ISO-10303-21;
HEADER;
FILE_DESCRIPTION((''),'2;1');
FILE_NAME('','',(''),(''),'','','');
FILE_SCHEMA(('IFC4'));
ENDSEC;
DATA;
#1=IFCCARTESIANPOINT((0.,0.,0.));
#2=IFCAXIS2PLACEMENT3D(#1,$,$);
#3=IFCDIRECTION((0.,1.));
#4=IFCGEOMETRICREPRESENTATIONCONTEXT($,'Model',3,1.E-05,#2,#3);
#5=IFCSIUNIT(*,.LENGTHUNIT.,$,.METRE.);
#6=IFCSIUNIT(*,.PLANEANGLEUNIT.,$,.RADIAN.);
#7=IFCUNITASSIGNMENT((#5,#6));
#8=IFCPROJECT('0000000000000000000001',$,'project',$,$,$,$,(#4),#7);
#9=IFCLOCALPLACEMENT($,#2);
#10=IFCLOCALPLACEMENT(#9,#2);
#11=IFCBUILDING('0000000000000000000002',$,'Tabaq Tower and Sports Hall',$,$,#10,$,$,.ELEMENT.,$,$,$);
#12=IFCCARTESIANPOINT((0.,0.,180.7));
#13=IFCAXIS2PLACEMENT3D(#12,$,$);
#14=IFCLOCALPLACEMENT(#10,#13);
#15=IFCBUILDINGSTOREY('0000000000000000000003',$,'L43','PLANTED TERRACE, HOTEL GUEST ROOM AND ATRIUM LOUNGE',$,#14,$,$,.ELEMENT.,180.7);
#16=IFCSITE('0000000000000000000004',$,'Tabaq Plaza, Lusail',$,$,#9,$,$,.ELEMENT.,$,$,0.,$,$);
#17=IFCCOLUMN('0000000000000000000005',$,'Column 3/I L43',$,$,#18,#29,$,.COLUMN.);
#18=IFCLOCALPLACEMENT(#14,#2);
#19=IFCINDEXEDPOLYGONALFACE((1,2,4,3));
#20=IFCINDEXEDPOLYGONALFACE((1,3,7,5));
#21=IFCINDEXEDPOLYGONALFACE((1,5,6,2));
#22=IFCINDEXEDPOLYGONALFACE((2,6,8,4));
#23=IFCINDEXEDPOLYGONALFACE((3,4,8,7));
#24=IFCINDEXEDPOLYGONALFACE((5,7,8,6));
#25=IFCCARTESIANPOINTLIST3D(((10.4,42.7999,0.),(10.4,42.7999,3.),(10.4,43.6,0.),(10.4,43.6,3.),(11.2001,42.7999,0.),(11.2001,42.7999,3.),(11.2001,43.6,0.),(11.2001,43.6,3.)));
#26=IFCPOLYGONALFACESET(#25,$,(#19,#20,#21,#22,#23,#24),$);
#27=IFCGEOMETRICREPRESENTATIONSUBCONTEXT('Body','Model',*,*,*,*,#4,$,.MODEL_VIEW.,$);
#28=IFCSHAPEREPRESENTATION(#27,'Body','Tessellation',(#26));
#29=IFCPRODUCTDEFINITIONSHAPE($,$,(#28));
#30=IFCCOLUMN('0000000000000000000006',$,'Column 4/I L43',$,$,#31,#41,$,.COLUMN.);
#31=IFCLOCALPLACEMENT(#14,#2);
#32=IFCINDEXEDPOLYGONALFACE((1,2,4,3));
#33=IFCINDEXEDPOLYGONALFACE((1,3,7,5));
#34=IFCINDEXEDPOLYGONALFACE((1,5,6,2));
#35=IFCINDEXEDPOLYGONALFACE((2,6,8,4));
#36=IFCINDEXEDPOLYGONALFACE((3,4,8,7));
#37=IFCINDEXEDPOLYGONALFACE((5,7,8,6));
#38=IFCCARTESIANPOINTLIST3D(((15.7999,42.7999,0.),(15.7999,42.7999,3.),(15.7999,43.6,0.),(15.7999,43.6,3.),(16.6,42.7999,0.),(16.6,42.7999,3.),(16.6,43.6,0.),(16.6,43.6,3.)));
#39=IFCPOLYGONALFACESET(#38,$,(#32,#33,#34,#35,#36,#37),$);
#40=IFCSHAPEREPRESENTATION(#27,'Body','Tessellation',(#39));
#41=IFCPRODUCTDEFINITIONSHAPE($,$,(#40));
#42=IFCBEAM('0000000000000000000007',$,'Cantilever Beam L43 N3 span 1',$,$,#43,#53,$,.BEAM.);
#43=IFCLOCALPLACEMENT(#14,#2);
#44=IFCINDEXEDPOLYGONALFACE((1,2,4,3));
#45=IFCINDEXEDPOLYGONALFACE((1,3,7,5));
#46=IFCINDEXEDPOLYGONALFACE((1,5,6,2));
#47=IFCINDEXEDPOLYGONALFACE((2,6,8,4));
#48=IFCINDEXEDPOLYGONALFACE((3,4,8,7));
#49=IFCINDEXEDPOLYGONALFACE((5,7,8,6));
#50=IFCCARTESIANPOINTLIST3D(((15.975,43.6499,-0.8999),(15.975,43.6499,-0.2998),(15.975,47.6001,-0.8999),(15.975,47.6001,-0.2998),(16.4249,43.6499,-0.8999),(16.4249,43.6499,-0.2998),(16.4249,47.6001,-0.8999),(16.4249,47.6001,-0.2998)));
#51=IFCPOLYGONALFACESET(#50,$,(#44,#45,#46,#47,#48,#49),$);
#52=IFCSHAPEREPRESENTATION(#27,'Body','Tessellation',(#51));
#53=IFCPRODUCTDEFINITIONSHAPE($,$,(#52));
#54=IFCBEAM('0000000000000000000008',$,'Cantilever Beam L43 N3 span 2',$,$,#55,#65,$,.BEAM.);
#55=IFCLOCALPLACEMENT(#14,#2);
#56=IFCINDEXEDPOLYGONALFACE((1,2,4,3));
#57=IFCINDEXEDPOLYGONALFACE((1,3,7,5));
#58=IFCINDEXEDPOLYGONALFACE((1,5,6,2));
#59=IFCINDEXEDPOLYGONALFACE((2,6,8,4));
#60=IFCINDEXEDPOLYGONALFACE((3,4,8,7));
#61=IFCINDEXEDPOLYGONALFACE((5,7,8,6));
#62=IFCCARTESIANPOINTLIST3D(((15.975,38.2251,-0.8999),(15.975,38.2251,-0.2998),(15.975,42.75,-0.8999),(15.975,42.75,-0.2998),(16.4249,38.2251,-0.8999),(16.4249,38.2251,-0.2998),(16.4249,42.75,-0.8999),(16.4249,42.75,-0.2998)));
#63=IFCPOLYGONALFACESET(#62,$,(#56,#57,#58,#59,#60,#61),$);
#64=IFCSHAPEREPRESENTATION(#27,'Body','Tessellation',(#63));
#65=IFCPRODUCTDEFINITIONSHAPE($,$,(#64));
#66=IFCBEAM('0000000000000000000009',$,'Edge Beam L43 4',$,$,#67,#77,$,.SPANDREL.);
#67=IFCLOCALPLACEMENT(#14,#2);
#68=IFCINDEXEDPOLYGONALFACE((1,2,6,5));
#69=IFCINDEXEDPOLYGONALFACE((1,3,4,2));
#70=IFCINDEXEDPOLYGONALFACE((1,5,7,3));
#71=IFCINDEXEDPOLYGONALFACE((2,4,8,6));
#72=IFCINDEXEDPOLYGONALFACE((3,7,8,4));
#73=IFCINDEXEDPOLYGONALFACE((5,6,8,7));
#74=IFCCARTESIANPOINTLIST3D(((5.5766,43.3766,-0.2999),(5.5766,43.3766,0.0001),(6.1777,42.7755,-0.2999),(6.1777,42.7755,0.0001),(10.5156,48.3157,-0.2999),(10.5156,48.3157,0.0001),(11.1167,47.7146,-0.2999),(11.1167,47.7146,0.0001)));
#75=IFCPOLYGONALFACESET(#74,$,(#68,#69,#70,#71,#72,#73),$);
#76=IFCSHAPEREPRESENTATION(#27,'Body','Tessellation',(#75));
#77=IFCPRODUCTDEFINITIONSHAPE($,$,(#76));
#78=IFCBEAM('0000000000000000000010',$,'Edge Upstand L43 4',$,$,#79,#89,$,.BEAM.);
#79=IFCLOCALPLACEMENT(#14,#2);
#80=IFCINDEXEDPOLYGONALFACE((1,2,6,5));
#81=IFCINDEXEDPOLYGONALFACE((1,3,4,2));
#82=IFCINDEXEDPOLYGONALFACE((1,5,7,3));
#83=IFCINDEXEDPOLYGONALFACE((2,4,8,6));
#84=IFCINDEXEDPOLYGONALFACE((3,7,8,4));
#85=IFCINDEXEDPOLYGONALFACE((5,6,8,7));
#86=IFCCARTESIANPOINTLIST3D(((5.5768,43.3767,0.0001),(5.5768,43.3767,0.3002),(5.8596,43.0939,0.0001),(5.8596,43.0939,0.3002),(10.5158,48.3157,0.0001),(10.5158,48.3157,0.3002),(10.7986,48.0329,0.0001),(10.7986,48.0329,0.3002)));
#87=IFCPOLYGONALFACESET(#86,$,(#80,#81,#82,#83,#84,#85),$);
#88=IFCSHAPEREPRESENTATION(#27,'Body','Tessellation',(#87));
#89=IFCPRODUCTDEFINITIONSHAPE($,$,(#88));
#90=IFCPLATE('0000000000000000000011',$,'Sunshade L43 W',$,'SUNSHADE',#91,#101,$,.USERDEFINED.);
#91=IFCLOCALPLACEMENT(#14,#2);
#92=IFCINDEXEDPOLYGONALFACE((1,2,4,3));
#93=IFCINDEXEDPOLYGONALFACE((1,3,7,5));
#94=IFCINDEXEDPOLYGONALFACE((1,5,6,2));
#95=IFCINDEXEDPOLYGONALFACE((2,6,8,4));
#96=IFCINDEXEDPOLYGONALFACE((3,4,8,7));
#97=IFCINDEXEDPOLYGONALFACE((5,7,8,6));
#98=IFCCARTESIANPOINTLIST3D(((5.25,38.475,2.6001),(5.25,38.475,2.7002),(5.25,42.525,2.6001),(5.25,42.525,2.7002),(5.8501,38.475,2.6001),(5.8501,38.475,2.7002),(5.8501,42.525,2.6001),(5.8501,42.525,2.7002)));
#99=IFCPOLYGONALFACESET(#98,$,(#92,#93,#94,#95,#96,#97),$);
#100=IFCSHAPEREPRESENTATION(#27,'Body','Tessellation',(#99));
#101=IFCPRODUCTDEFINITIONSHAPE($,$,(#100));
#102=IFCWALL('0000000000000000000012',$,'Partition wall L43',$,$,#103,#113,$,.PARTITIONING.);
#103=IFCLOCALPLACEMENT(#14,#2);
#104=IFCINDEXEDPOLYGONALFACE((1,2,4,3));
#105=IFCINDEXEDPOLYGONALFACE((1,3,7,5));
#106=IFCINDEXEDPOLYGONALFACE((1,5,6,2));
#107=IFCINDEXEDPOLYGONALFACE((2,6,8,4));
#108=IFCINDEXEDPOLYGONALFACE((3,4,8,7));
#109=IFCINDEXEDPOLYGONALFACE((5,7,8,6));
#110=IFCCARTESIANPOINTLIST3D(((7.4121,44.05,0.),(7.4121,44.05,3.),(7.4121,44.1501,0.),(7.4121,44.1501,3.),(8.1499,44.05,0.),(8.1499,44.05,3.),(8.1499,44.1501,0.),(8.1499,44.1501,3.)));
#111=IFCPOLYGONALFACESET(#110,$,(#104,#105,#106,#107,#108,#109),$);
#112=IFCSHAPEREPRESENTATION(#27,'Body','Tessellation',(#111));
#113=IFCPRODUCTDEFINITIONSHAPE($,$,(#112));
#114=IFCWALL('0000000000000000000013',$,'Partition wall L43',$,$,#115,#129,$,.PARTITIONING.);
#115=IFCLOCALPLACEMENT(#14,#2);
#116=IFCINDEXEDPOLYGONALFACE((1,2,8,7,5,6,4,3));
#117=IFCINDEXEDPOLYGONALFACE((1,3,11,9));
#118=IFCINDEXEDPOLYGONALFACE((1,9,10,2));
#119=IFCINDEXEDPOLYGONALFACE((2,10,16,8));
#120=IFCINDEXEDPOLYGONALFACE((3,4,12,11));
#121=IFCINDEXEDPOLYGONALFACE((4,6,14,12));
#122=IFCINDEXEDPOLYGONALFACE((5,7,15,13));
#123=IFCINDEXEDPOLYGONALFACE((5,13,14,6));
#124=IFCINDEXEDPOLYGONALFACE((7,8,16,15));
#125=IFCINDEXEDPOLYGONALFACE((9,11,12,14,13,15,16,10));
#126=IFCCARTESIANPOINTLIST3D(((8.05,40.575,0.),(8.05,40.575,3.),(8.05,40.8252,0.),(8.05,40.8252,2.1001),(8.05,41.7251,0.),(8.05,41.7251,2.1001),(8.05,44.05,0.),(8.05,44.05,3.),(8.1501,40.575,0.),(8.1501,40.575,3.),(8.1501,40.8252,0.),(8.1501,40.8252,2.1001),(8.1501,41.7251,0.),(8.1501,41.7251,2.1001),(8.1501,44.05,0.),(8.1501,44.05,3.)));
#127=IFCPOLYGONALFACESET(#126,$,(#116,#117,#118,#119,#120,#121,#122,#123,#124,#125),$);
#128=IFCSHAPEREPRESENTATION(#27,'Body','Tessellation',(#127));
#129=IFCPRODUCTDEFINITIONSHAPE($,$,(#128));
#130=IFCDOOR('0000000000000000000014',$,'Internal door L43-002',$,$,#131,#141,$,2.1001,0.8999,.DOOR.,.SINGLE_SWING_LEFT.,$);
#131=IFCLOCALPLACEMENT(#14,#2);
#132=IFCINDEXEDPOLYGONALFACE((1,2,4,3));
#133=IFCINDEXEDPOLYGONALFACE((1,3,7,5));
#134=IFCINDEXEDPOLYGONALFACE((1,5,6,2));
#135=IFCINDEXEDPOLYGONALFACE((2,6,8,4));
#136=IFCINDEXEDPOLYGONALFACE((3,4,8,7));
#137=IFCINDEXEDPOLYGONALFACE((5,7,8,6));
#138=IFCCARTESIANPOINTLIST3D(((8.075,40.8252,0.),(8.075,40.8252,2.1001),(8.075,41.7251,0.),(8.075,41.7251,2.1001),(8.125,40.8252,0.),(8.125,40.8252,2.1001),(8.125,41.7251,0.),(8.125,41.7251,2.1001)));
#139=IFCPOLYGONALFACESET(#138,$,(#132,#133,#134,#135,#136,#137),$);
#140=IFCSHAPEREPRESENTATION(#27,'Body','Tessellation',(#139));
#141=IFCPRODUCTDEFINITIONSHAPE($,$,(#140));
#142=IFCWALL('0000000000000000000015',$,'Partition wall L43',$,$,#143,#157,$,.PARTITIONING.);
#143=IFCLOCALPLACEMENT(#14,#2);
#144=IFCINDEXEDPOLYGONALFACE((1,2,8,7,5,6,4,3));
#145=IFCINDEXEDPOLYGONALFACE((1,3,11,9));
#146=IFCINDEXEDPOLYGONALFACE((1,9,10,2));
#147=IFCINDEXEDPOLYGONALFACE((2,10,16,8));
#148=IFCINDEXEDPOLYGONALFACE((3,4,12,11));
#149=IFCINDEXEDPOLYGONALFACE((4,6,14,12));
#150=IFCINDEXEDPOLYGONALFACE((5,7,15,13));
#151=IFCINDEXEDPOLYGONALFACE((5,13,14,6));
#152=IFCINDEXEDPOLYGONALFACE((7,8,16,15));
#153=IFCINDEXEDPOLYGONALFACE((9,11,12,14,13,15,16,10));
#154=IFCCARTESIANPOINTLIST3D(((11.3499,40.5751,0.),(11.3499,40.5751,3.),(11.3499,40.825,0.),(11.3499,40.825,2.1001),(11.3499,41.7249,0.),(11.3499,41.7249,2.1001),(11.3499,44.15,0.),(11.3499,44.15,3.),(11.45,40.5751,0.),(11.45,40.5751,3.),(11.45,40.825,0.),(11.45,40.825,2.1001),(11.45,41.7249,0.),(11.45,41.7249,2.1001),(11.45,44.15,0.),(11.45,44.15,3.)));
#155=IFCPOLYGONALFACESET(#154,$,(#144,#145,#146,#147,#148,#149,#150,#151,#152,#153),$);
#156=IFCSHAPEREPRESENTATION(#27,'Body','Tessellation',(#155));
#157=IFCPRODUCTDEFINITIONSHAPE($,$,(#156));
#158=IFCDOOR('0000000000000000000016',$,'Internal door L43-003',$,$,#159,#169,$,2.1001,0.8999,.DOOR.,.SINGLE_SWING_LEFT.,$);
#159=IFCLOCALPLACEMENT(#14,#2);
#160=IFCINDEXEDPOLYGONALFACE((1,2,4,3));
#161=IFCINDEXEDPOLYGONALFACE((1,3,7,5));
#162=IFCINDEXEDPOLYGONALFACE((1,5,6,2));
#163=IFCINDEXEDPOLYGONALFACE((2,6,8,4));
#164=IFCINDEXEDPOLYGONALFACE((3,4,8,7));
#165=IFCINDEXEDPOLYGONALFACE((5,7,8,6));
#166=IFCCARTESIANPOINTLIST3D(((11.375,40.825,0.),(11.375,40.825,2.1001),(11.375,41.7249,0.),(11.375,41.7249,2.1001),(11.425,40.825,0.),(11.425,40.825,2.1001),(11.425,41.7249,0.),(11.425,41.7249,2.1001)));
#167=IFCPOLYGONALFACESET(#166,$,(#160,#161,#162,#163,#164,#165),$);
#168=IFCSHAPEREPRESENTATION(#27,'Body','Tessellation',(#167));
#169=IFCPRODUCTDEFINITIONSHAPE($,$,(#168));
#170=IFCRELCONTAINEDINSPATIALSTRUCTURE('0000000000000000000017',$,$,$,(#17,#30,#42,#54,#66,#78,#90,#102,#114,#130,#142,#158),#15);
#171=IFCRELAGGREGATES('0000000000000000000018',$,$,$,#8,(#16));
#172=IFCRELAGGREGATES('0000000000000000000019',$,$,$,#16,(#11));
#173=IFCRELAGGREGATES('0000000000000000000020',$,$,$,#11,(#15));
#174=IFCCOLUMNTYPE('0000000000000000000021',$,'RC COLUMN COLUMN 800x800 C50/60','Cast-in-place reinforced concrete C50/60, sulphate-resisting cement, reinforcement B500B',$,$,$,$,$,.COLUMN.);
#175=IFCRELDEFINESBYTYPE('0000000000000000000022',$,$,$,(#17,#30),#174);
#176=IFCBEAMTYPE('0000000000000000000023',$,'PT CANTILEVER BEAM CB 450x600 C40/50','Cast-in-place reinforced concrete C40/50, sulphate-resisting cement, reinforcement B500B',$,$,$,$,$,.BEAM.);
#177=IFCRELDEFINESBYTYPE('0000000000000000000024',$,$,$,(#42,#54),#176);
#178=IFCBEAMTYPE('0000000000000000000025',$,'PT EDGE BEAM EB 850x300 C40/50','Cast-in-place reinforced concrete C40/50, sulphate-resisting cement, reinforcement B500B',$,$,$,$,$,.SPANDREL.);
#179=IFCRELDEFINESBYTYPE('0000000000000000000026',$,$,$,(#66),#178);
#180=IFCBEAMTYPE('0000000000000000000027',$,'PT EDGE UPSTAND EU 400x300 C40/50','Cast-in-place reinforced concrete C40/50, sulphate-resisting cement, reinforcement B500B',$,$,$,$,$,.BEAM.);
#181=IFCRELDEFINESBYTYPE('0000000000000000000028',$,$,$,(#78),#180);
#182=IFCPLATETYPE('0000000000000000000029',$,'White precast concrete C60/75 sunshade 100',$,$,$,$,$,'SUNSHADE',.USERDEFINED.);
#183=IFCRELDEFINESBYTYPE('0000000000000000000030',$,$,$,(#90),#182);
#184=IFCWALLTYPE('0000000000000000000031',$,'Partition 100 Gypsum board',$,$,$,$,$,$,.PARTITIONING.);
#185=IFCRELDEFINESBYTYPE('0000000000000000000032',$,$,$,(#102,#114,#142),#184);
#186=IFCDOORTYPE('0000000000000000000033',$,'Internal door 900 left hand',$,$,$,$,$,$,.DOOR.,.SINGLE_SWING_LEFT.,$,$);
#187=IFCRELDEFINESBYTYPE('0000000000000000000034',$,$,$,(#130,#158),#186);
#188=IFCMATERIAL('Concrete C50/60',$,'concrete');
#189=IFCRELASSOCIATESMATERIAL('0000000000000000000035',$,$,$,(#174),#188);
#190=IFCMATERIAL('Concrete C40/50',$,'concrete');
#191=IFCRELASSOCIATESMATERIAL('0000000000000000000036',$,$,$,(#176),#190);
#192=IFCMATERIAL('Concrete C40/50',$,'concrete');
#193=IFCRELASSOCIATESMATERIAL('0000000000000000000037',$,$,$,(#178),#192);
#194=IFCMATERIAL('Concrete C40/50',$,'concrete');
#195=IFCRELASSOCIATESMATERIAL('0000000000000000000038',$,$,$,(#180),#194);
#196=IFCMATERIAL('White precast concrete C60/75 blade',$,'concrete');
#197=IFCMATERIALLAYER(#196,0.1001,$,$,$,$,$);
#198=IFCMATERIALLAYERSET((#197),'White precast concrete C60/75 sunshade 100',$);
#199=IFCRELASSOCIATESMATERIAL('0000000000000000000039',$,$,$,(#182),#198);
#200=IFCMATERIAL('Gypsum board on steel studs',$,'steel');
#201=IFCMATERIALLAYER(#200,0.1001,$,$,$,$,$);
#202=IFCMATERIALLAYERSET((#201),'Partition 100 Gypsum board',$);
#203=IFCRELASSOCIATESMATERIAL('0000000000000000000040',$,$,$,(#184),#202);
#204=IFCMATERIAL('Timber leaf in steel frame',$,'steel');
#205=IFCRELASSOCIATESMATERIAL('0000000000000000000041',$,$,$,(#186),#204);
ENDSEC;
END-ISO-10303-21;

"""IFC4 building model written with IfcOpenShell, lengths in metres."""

from ifc_helpers import new_model, si_unit, direction, frame, frame_2d, origin, origin_2d, place, context, subcontext, project, spatial, rectangle, extrude, material, layer, layer_set, material_profile, profile_set, type_object, element, fill, save


model = new_model("IFC4")

# Units and contexts
model_context = context("Model", 3, precision=1e-05, world=origin(), true_north=direction((0.0, 1.0)))
body_context = subcontext(model_context, "Body", "Model", "MODEL_VIEW")
ifc_project = project(units=[si_unit("LENGTHUNIT", "METRE"), si_unit("PLANEANGLEUNIT", "RADIAN")], contexts=[model_context])

# Site, building, storey
site_placement = place(None, origin())
site = spatial("IfcSite", under=ifc_project, at=site_placement, Name="Tabaq Plaza, Lusail", CompositionType="ELEMENT", RefElevation=0.0)
building_placement = place(site_placement, origin())
building = spatial("IfcBuilding", under=site, at=building_placement, Name="Tabaq Tower and Sports Hall", CompositionType="ELEMENT")
storey_placement = place(building_placement, frame((0.0, 0.0, 180.7)))
storey = spatial("IfcBuildingStorey", under=building, at=storey_placement, Name="L43", Description="PLANTED TERRACE, HOTEL GUEST ROOM AND ATRIUM LOUNGE", CompositionType="ELEMENT", Elevation=180.7)

# Columns
ifc_material_1 = material(Name="Concrete C50/60", Category="concrete")
ifc_material_profile_1 = material_profile(ifc_material_1, rectangle(XDim=0.8, YDim=0.8, at=origin_2d()), Name="COLUMN 800x800")
ifc_profile_set_1 = profile_set([ifc_material_profile_1], Name="Concrete C50/60")
column_type = type_object("IfcColumnType", Name="RC COLUMN COLUMN 800x800 C50/60", Description="Cast-in-place reinforced concrete C50/60, sulphate-resisting cement, reinforcement B500B", PredefinedType="COLUMN", material=ifc_profile_set_1)
for number, where, z_axis, x_axis, name in (
    (1, (10.8, 43.2, 0.0), (0.0, 0.0, 1.0), (1.0, 0.0, 0.0), "Column 3/I L43"),
    (2, (16.2, 43.2, 0.0), (0.0, 0.0, 1.0), (1.0, 0.0, 0.0), "Column 4/I L43"),
):
    element("IfcColumn", number, at=place(storey_placement, frame(where, z_axis=z_axis, x_axis=x_axis)), inside=storey, type_object=column_type, Name=name, PredefinedType="COLUMN", context=body_context, shape_type="SweptSolid", body=[
        extrude(rectangle(XDim=0.8, YDim=0.8, at=origin_2d()), origin(), (0.0, 0.0, 1.0), 3.0),
    ])

# Beams
ifc_material_2 = material(Name="Concrete C40/50", Category="concrete")
ifc_material_profile_2 = material_profile(ifc_material_2, rectangle(XDim=0.45, YDim=0.6001, at=origin_2d()), Name="CB 450x600")
ifc_profile_set_2 = profile_set([ifc_material_profile_2], Name="Concrete C40/50")
beam_type_1 = type_object("IfcBeamType", Name="PT CANTILEVER BEAM CB 450x600 C40/50", Description="Cast-in-place reinforced concrete C40/50, sulphate-resisting cement, reinforcement B500B", PredefinedType="BEAM", material=ifc_profile_set_2)
beam_1_placement = place(storey_placement, frame((16.2, 47.6001, -0.5999), z_axis=(0.0, -1.0, 0.0), x_axis=(1.0, 0.0, 0.0)))
element("IfcBeam", 3, at=beam_1_placement, inside=storey, type_object=beam_type_1, Name="Cantilever Beam L43 N3 span 1", PredefinedType="BEAM", context=body_context, shape_type="SweptSolid", body=[
    extrude(rectangle(XDim=0.45, YDim=0.6001, at=origin_2d()), origin(), (0.0, 0.0, 1.0), 3.9502),
])
beam_2_placement = place(storey_placement, frame((16.2, 42.75, -0.5999), z_axis=(0.0, -1.0, 0.0), x_axis=(1.0, 0.0, 0.0)))
element("IfcBeam", 4, at=beam_2_placement, inside=storey, type_object=beam_type_1, Name="Cantilever Beam L43 N3 span 2", PredefinedType="BEAM", context=body_context, shape_type="SweptSolid", body=[
    extrude(rectangle(XDim=0.45, YDim=0.6001, at=origin_2d()), origin(), (0.0, 0.0, 1.0), 4.5249),
])
ifc_material_3 = material(Name="Concrete C40/50", Category="concrete")
ifc_material_profile_3 = material_profile(ifc_material_3, rectangle(XDim=0.8501, YDim=0.3, at=origin_2d()), Name="EB 850x300")
ifc_profile_set_3 = profile_set([ifc_material_profile_3], Name="Concrete C40/50")
beam_type_2 = type_object("IfcBeamType", Name="PT EDGE BEAM EB 850x300 C40/50", Description="Cast-in-place reinforced concrete C40/50, sulphate-resisting cement, reinforcement B500B", PredefinedType="SPANDREL", material=ifc_profile_set_3)
beam_3_placement = place(storey_placement, frame((10.8162, 48.0151, -0.1499), z_axis=(-0.707107, -0.707107, 0.0), x_axis=(0.707107, -0.707107, 0.0)))
element("IfcBeam", 5, at=beam_3_placement, inside=storey, type_object=beam_type_2, Name="Edge Beam L43 4", PredefinedType="SPANDREL", context=body_context, shape_type="SweptSolid", body=[
    extrude(rectangle(XDim=0.8501, YDim=0.3, at=origin_2d()), origin(), (0.0, 0.0, 1.0), 6.9849),
])
ifc_material_4 = material(Name="Concrete C40/50", Category="concrete")
ifc_material_profile_4 = material_profile(ifc_material_4, rectangle(XDim=0.3999, YDim=0.3, at=origin_2d()), Name="EU 400x300")
ifc_profile_set_4 = profile_set([ifc_material_profile_4], Name="Concrete C40/50")
beam_type_3 = type_object("IfcBeamType", Name="PT EDGE UPSTAND EU 400x300 C40/50", Description="Cast-in-place reinforced concrete C40/50, sulphate-resisting cement, reinforcement B500B", PredefinedType="BEAM", material=ifc_profile_set_4)
beam_4_placement = place(storey_placement, frame((10.6572, 48.1743, 0.1501), z_axis=(-0.707107, -0.707107, 0.0), x_axis=(0.707107, -0.707107, 0.0)))
element("IfcBeam", 6, at=beam_4_placement, inside=storey, type_object=beam_type_3, Name="Edge Upstand L43 4", PredefinedType="BEAM", context=body_context, shape_type="SweptSolid", body=[
    extrude(rectangle(XDim=0.3999, YDim=0.3, at=origin_2d()), origin(), (0.0, 0.0, 1.0), 6.9849),
])

# Plate
ifc_material_5 = material(Name="White precast concrete C60/75 blade", Category="concrete")
ifc_layer_1 = layer(ifc_material_5, 0.1001)
ifc_layer_set_1 = layer_set([ifc_layer_1], Name="White precast concrete C60/75 sunshade 100")
plate_type = type_object("IfcPlateType", Name="White precast concrete C60/75 sunshade 100", ElementType="SUNSHADE", PredefinedType="USERDEFINED", material=ifc_layer_set_1)
plate_placement = place(storey_placement, frame((5.55, 40.5, 2.6001), z_axis=(0.0, 0.0, 1.0), x_axis=(0.0, -1.0, 0.0)))
element("IfcPlate", 7, at=plate_placement, inside=storey, type_object=plate_type, Name="Sunshade L43 W", ObjectType="SUNSHADE", PredefinedType="USERDEFINED", context=body_context, shape_type="SweptSolid", body=[
    extrude(rectangle(XDim=4.05, YDim=0.6001, at=origin_2d()), origin(), (0.0, 0.0, 1.0), 0.1001),
])

# Wall
ifc_material_6 = material(Name="Gypsum board on steel studs", Category="steel")
ifc_layer_2 = layer(ifc_material_6, 0.1001)
ifc_layer_set_2 = layer_set([ifc_layer_2], Name="Partition 100 Gypsum board")
wall_type_1 = type_object("IfcWallType", Name="Partition 100 Gypsum board", PredefinedType="PARTITIONING", material=ifc_layer_set_2)
wall_1_placement = place(storey_placement, frame((7.4121, 44.1001, 0.0), z_axis=(0.0, 0.0, 1.0), x_axis=(1.0, 0.0, 0.0)))
element("IfcWall", 8, at=wall_1_placement, inside=storey, type_object=wall_type_1, Name="Partition wall L43", PredefinedType="PARTITIONING", context=body_context, shape_type="SweptSolid", body=[
    extrude(rectangle(XDim=0.7378, YDim=0.1001, at=frame_2d((0.3689, 0.0))), origin(), (0.0, 0.0, 1.0), 3.0),
])

# Walls, openings, doors
wall_2_placement = place(storey_placement, frame((8.1001, 44.05, 0.0), z_axis=(0.0, 0.0, 1.0), x_axis=(0.0, -1.0, 0.0)))
wall_2 = element("IfcWall", 9, at=wall_2_placement, inside=storey, type_object=wall_type_1, Name="Partition wall L43", PredefinedType="PARTITIONING", context=body_context, shape_type="SweptSolid", body=[
    extrude(rectangle(XDim=3.4751, YDim=0.1001, at=frame_2d((1.7375, 0.0))), origin(), (0.0, 0.0, 1.0), 3.0),
])
opening_1_placement = place(wall_2_placement, frame((2.325, 0.0, 0.0)))
opening_1 = element("IfcOpeningElement", 10, at=opening_1_placement, cuts=wall_2, PredefinedType="OPENING", context=body_context, shape_type="SweptSolid", body=[
    extrude(rectangle(XDim=0.8999, YDim=2.1001, at=frame_2d((0.45, 1.05))), frame((0.0, 0.05, 0.0), z_axis=(0.0, -1.0, 0.0), x_axis=(1.0, 0.0, 0.0)), (0.0, 0.0, 1.0), 0.1001),
])
ifc_material_7 = material(Name="Timber leaf in steel frame", Category="steel")
door_type = type_object("IfcDoorType", Name="Internal door 900 left hand", OperationType="SINGLE_SWING_LEFT", PredefinedType="DOOR", material=ifc_material_7)
door_1_placement = place(opening_1_placement, origin())
door_1 = element("IfcDoor", 11, at=door_1_placement, inside=storey, type_object=door_type, Name="Internal door L43-002", OperationType="SINGLE_SWING_LEFT", OverallHeight=2.1001, OverallWidth=0.8999, PredefinedType="DOOR", context=body_context, shape_type="SweptSolid", body=[
    extrude(rectangle(XDim=0.8999, YDim=2.1001, at=frame_2d((0.45, 1.05))), frame((0.0, 0.0249, 0.0), z_axis=(0.0, -1.0, 0.0), x_axis=(1.0, 0.0, 0.0)), (0.0, 0.0, 1.0), 0.05),
])
fill(opening_1, door_1)
wall_3_placement = place(storey_placement, frame((11.3999, 40.575, 0.0), z_axis=(0.0, 0.0, 1.0), x_axis=(0.0, 1.0, 0.0)))
wall_3 = element("IfcWall", 12, at=wall_3_placement, inside=storey, type_object=wall_type_1, Name="Partition wall L43", PredefinedType="PARTITIONING", context=body_context, shape_type="SweptSolid", body=[
    extrude(rectangle(XDim=3.575, YDim=0.1001, at=frame_2d((1.7876, 0.0))), origin(), (0.0, 0.0, 1.0), 3.0),
])
opening_2_placement = place(wall_3_placement, frame((0.25, 0.0, 0.0)))
opening_2 = element("IfcOpeningElement", 13, at=opening_2_placement, cuts=wall_3, PredefinedType="OPENING", context=body_context, shape_type="SweptSolid", body=[
    extrude(rectangle(XDim=0.8999, YDim=2.1001, at=frame_2d((0.45, 1.05))), frame((0.0, 0.05, 0.0), z_axis=(0.0, -1.0, 0.0), x_axis=(1.0, 0.0, 0.0)), (0.0, 0.0, 1.0), 0.1001),
])
door_2_placement = place(opening_2_placement, origin())
door_2 = element("IfcDoor", 14, at=door_2_placement, inside=storey, type_object=door_type, Name="Internal door L43-003", OperationType="SINGLE_SWING_LEFT", OverallHeight=2.1001, OverallWidth=0.8999, PredefinedType="DOOR", context=body_context, shape_type="SweptSolid", body=[
    extrude(rectangle(XDim=0.8999, YDim=2.1001, at=frame_2d((0.45, 1.05))), frame((0.0, 0.0249, 0.0), z_axis=(0.0, -1.0, 0.0), x_axis=(1.0, 0.0, 0.0)), (0.0, 0.0, 1.0), 0.05),
])
fill(opening_2, door_2)

save(model, "model.ifc")
